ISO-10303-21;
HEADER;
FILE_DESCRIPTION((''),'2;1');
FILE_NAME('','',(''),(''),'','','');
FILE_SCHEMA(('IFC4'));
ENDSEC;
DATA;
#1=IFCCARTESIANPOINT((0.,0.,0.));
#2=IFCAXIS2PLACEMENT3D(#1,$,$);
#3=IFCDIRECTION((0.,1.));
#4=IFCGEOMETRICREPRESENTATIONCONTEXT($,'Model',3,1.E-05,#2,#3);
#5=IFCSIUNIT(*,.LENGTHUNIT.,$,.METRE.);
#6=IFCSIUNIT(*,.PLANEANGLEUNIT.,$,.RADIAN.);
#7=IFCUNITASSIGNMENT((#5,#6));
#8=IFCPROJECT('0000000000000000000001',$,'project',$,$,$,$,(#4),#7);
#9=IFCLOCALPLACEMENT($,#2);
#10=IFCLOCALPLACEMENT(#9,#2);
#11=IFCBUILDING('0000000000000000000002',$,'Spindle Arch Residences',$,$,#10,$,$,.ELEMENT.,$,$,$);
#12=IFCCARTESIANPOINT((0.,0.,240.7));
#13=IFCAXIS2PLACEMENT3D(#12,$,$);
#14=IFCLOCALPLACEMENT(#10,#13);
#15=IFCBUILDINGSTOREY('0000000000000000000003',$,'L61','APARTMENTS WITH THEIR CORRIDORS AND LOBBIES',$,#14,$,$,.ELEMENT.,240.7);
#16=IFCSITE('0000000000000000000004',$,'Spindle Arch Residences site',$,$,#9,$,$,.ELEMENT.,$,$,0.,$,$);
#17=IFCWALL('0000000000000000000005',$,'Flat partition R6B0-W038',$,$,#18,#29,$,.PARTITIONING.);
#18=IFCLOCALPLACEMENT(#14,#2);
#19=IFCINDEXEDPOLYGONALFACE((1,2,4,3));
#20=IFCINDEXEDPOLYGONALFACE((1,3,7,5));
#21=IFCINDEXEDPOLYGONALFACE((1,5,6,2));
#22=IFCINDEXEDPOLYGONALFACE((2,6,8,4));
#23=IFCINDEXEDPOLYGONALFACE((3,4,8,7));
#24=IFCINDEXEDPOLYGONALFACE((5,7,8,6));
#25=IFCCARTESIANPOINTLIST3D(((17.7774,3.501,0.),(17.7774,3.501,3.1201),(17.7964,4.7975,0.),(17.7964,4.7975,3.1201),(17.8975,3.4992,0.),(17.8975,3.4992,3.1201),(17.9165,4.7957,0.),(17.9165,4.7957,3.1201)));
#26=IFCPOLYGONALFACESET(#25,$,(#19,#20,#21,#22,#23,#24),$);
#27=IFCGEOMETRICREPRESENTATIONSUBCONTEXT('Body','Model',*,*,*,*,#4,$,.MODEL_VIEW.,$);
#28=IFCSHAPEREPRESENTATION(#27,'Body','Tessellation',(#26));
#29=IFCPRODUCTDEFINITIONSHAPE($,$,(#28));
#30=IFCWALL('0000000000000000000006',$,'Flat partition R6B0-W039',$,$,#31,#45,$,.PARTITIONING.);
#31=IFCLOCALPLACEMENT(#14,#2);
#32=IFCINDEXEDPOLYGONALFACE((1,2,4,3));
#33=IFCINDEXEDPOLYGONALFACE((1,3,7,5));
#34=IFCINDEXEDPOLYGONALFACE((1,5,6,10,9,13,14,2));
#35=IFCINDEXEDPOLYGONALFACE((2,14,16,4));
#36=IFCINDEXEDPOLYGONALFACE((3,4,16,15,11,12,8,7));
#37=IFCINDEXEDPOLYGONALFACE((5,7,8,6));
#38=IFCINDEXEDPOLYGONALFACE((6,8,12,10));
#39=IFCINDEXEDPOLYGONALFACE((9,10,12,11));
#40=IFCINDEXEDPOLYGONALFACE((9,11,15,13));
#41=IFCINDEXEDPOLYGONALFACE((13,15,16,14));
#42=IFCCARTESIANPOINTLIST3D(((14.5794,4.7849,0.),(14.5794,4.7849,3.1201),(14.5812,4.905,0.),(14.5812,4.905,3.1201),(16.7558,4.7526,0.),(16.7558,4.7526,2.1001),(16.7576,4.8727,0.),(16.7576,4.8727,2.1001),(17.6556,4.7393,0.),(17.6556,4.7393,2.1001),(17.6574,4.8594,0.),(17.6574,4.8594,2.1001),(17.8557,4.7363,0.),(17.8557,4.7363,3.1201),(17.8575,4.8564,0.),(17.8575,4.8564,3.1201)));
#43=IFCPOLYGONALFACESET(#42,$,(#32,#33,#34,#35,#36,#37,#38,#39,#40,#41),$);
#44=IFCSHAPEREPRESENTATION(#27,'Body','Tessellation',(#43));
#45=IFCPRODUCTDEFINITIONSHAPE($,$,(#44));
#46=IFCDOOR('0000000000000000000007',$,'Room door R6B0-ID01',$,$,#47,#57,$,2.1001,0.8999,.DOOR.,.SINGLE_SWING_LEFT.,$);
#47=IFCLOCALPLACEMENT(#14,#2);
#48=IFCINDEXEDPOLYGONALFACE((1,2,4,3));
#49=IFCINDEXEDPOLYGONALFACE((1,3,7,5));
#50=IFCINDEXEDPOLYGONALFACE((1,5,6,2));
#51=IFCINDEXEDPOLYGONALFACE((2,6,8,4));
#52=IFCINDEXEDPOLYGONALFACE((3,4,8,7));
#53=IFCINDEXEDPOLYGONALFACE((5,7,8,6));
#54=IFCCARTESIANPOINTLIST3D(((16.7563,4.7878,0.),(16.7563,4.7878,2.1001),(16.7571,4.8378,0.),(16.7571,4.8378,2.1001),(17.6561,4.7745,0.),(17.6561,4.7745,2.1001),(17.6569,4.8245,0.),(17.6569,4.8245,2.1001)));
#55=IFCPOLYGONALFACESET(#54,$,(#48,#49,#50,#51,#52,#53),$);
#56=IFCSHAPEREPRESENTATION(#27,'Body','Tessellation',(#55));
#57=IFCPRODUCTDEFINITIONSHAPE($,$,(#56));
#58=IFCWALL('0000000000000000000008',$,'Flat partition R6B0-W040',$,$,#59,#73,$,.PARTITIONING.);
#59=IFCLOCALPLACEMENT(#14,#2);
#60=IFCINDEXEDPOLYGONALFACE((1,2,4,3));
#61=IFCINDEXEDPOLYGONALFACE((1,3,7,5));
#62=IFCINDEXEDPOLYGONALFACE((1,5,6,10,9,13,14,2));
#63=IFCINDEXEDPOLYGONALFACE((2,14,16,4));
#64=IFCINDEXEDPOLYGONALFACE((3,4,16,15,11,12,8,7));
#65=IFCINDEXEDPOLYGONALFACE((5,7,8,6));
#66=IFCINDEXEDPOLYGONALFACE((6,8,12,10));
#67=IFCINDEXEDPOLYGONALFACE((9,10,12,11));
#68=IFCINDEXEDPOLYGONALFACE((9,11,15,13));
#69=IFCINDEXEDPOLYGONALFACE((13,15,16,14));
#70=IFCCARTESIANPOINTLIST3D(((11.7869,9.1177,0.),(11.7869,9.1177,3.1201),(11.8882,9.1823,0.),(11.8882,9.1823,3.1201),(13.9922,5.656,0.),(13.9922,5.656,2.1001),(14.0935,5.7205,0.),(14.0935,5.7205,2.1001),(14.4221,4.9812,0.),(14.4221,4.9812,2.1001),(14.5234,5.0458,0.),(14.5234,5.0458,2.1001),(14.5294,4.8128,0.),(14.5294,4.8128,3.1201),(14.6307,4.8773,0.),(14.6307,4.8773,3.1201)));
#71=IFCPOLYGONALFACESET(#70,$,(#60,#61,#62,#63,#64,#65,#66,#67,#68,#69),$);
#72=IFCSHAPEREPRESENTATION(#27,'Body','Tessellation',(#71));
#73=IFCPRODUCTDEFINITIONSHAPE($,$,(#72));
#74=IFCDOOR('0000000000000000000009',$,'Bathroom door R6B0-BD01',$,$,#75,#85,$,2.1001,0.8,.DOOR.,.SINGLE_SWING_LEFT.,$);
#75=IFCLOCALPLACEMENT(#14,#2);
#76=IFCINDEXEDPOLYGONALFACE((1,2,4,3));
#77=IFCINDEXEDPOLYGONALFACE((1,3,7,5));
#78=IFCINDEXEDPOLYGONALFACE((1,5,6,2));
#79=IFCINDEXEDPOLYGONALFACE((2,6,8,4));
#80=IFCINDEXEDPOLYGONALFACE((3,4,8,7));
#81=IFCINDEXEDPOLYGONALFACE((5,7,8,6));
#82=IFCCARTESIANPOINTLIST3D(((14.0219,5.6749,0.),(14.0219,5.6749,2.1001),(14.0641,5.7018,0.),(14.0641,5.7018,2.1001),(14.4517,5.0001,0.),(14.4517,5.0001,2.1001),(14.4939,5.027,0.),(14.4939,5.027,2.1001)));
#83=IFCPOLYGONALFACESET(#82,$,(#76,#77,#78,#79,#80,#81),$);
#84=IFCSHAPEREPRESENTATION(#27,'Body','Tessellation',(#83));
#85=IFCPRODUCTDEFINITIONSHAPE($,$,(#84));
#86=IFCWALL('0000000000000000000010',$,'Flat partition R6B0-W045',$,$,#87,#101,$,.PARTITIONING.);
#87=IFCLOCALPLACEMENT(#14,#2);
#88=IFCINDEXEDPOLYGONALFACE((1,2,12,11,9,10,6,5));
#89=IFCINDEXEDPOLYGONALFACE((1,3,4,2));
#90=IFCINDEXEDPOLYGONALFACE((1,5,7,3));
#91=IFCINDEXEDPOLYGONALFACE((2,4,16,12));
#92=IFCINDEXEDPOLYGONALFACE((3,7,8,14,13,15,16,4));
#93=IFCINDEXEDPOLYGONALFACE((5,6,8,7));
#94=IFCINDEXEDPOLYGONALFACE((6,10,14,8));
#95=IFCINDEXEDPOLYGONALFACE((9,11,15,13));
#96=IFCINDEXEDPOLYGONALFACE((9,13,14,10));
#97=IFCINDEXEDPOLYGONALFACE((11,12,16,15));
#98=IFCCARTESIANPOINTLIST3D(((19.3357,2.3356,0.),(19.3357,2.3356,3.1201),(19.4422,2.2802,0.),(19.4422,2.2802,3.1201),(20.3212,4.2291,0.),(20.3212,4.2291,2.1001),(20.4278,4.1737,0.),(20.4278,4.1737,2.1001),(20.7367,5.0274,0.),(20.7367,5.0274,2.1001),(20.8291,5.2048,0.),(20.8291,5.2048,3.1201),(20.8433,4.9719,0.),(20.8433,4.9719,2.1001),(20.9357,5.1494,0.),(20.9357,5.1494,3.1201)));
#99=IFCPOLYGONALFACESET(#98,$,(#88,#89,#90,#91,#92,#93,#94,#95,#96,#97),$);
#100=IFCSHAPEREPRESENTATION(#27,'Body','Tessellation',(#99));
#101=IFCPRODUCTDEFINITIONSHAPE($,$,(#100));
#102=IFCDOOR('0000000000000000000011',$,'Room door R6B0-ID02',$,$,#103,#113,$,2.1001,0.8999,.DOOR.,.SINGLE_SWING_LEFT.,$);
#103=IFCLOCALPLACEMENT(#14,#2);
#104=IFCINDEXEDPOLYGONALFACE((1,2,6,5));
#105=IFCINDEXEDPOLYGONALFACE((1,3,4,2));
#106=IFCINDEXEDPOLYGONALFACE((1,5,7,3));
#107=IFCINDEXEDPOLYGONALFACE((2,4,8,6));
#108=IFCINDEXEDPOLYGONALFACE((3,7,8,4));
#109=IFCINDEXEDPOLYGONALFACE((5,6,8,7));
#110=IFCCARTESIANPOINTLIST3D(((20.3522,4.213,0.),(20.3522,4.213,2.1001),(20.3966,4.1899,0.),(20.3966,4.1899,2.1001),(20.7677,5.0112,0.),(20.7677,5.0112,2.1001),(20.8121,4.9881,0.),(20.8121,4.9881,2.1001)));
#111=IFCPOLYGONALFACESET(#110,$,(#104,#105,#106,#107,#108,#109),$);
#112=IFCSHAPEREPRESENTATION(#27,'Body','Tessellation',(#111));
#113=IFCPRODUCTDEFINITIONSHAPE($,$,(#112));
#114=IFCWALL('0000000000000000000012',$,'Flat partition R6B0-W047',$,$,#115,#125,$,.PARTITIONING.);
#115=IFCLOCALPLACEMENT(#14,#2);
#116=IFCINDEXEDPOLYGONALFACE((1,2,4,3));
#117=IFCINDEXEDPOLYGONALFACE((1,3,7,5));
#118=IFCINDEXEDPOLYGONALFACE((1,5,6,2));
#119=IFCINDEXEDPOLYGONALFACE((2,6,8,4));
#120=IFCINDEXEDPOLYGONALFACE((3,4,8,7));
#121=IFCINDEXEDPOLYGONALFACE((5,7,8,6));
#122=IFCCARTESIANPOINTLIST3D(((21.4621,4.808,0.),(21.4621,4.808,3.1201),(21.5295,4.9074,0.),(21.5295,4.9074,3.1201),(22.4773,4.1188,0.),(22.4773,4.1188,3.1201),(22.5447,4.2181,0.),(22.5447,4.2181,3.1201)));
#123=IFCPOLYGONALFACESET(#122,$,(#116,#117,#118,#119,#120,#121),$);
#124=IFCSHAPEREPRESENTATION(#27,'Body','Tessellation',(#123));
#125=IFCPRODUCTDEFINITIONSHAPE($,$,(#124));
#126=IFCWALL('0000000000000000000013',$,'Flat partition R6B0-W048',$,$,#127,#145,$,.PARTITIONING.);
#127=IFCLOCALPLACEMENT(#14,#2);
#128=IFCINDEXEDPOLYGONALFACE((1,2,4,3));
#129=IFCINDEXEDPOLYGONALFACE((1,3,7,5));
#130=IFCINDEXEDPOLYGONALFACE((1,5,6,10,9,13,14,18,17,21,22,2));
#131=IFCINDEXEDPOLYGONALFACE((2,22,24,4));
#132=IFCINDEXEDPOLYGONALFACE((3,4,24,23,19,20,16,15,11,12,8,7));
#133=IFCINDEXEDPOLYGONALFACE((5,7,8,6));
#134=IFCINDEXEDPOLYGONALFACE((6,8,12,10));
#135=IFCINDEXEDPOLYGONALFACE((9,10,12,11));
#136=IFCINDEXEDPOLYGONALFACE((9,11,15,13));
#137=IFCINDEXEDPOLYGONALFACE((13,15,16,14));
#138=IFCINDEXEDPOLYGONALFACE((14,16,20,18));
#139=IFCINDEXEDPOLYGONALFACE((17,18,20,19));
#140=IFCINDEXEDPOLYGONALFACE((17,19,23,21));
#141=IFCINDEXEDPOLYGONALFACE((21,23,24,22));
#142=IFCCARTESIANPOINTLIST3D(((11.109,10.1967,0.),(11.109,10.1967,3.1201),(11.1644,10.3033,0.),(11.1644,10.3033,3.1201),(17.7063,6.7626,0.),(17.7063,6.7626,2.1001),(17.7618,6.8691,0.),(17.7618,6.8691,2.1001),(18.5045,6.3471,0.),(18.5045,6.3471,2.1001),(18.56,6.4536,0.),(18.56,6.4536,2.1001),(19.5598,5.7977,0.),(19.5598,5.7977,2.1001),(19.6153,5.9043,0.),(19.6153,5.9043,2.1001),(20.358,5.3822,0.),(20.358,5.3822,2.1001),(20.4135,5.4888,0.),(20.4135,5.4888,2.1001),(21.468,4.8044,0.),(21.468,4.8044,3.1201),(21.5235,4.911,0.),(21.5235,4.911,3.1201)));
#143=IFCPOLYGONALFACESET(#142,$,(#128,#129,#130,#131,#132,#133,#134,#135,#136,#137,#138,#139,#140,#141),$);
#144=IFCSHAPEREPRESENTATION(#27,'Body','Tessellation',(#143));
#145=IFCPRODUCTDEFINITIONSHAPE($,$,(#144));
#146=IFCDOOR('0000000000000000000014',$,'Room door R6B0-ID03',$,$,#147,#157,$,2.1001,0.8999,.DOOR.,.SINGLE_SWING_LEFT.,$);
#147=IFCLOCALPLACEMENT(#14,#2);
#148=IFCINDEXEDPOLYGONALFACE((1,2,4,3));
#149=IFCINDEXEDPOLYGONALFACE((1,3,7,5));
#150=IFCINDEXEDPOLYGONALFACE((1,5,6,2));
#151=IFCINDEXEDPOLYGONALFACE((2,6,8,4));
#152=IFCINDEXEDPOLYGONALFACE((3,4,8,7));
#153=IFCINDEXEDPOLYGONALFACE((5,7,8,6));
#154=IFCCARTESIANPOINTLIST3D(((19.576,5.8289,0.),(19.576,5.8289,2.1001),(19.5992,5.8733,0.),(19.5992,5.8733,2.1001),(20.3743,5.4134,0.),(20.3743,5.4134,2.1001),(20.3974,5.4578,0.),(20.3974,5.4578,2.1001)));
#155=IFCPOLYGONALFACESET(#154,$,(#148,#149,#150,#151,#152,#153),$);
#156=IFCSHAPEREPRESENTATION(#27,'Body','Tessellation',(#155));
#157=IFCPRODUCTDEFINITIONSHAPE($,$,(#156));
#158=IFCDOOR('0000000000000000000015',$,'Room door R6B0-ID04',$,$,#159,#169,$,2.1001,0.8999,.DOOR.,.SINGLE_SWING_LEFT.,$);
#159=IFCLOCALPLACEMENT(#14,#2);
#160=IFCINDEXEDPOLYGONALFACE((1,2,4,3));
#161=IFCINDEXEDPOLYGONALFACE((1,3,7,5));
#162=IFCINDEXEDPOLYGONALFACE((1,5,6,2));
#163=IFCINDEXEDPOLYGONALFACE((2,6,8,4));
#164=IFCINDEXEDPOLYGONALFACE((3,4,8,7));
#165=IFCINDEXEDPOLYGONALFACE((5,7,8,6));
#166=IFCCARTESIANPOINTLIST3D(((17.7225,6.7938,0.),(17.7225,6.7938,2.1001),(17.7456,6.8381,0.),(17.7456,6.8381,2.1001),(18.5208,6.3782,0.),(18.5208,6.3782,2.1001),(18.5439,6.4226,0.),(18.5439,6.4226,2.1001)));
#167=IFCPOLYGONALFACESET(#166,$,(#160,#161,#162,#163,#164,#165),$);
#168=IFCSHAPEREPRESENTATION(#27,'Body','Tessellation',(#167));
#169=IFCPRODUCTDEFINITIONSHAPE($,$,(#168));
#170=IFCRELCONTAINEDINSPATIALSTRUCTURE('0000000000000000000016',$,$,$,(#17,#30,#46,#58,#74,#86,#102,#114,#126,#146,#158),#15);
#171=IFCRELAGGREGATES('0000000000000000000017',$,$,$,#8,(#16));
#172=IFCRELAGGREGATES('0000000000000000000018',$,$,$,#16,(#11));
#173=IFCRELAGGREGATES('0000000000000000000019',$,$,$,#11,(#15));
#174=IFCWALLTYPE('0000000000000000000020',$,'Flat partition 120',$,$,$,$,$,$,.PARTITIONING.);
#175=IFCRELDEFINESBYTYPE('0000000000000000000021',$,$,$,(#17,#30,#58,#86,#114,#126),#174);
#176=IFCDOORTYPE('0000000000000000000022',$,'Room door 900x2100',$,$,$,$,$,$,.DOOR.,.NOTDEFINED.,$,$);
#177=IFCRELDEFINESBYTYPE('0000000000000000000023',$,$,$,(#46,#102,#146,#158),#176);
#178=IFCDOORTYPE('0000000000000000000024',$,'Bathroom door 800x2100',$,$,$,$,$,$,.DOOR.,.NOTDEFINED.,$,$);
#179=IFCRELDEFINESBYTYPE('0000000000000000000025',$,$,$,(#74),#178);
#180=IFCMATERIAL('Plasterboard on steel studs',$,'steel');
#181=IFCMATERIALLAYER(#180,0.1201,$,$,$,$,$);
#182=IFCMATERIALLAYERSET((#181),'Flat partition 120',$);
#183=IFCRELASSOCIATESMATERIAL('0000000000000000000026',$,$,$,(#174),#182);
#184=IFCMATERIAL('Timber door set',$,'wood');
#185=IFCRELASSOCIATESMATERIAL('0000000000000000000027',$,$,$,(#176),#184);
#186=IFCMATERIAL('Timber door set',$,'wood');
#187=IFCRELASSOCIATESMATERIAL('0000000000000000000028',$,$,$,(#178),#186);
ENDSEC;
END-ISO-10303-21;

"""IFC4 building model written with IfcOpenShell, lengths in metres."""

from ifc_helpers import new_model, si_unit, direction, frame, frame_2d, origin, place, context, subcontext, project, spatial, rectangle, extrude, material, layer, layer_set, type_object, element, fill, save


model = new_model("IFC4")

# Units and contexts
model_context = context("Model", 3, precision=1e-05, world=origin(), true_north=direction((0.0, 1.0)))
body_context = subcontext(model_context, "Body", "Model", "MODEL_VIEW")
ifc_project = project(units=[si_unit("LENGTHUNIT", "METRE"), si_unit("PLANEANGLEUNIT", "RADIAN")], contexts=[model_context])

# Site, building, storey
site_placement = place(None, origin())
site = spatial("IfcSite", under=ifc_project, at=site_placement, Name="Spindle Arch Residences site", CompositionType="ELEMENT", RefElevation=0.0)
building_placement = place(site_placement, origin())
building = spatial("IfcBuilding", under=site, at=building_placement, Name="Spindle Arch Residences", CompositionType="ELEMENT")
storey_placement = place(building_placement, frame((0.0, 0.0, 240.7)))
storey = spatial("IfcBuildingStorey", under=building, at=storey_placement, Name="L61", Description="APARTMENTS WITH THEIR CORRIDORS AND LOBBIES", CompositionType="ELEMENT", Elevation=240.7)

# Wall
ifc_material_1 = material(Name="Plasterboard on steel studs", Category="steel")
ifc_layer_1 = layer(ifc_material_1, 0.1201)
ifc_layer_set_1 = layer_set([ifc_layer_1], Name="Flat partition 120")
wall_type_1 = type_object("IfcWallType", Name="Flat partition 120", PredefinedType="PARTITIONING", material=ifc_layer_set_1)
wall_1_placement = place(storey_placement, frame((17.8374, 3.5, 0.0), z_axis=(0.0, 0.0, 1.0), x_axis=(0.014688, 0.999892, 0.0)))
element("IfcWall", 1, at=wall_1_placement, inside=storey, type_object=wall_type_1, Name="Flat partition R6B0-W038", PredefinedType="PARTITIONING", context=body_context, shape_type="SweptSolid", body=[
    extrude(rectangle(XDim=1.2966, YDim=0.1201, at=frame_2d((0.6484, 0.0))), origin(), (0.0, 0.0, 1.0), 3.1201),
])

# Walls, openings, doors
wall_2_placement = place(storey_placement, frame((17.8564, 4.7964, 0.0), z_axis=(0.0, 0.0, 1.0), x_axis=(-0.99989, 0.014827, 0.0)))
wall_2 = element("IfcWall", 2, at=wall_2_placement, inside=storey, type_object=wall_type_1, Name="Flat partition R6B0-W039", PredefinedType="PARTITIONING", context=body_context, shape_type="SweptSolid", body=[
    extrude(rectangle(XDim=3.2766, YDim=0.1201, at=frame_2d((1.6382, 0.0))), origin(), (0.0, 0.0, 1.0), 3.1201),
])
opening_1_placement = place(wall_2_placement, frame((0.2, 0.0, 0.0)))
opening_1 = element("IfcOpeningElement", 3, at=opening_1_placement, cuts=wall_2, PredefinedType="OPENING", context=body_context, shape_type="SweptSolid", body=[
    extrude(rectangle(XDim=0.8999, YDim=2.1001, at=frame_2d((0.45, 1.05))), frame((0.0, 0.0701, 0.0), z_axis=(0.0, -1.0, 0.0), x_axis=(1.0, 0.0, 0.0)), (0.0, 0.0, 1.0), 0.1401),
])
ifc_material_2 = material(Name="Timber door set", Category="wood")
door_type_1 = type_object("IfcDoorType", Name="Room door 900x2100", OperationType="NOTDEFINED", PredefinedType="DOOR", material=ifc_material_2)
door_1_placement = place(opening_1_placement, origin())
door_1 = element("IfcDoor", 4, at=door_1_placement, inside=storey, type_object=door_type_1, Name="Room door R6B0-ID01", OperationType="SINGLE_SWING_LEFT", OverallHeight=2.1001, OverallWidth=0.8999, PredefinedType="DOOR", context=body_context, shape_type="SweptSolid", body=[
    extrude(rectangle(XDim=0.8999, YDim=2.1001, at=frame_2d((0.45, 1.05))), frame((0.0, 0.0249, 0.0), z_axis=(0.0, -1.0, 0.0), x_axis=(1.0, 0.0, 0.0)), (0.0, 0.0, 1.0), 0.05),
])
fill(opening_1, door_1)
wall_3_placement = place(storey_placement, frame((14.5801, 4.845, 0.0), z_axis=(0.0, 0.0, 1.0), x_axis=(-0.537284, 0.843401, 0.0)))
wall_3 = element("IfcWall", 5, at=wall_3_placement, inside=storey, type_object=wall_type_1, Name="Flat partition R6B0-W040", PredefinedType="PARTITIONING", context=body_context, shape_type="SweptSolid", body=[
    extrude(rectangle(XDim=5.1042, YDim=0.1201, at=frame_2d((2.5522, 0.0))), origin(), (0.0, 0.0, 1.0), 3.1201),
])
opening_2_placement = place(wall_3_placement, frame((0.2, 0.0, 0.0)))
opening_2 = element("IfcOpeningElement", 6, at=opening_2_placement, cuts=wall_3, PredefinedType="OPENING", context=body_context, shape_type="SweptSolid", body=[
    extrude(rectangle(XDim=0.8, YDim=2.1001, at=frame_2d((0.3999, 1.05))), frame((0.0, 0.0701, 0.0), z_axis=(0.0, -1.0, 0.0), x_axis=(1.0, 0.0, 0.0)), (0.0, 0.0, 1.0), 0.1401),
])
ifc_material_3 = material(Name="Timber door set", Category="wood")
door_type_2 = type_object("IfcDoorType", Name="Bathroom door 800x2100", OperationType="NOTDEFINED", PredefinedType="DOOR", material=ifc_material_3)
door_2_placement = place(opening_2_placement, origin())
door_2 = element("IfcDoor", 7, at=door_2_placement, inside=storey, type_object=door_type_2, Name="Bathroom door R6B0-BD01", OperationType="SINGLE_SWING_LEFT", OverallHeight=2.1001, OverallWidth=0.8, PredefinedType="DOOR", context=body_context, shape_type="SweptSolid", body=[
    extrude(rectangle(XDim=0.8, YDim=2.1001, at=frame_2d((0.3999, 1.05))), frame((0.0, 0.0249, 0.0), z_axis=(0.0, -1.0, 0.0), x_axis=(1.0, 0.0, 0.0)), (0.0, 0.0, 1.0), 0.05),
])
fill(opening_2, door_2)
wall_4_placement = place(storey_placement, frame((20.8823, 5.177, 0.0), z_axis=(0.0, 0.0, 1.0), x_axis=(-0.461707, -0.887033, 0.0)))
wall_4 = element("IfcWall", 8, at=wall_4_placement, inside=storey, type_object=wall_type_1, Name="Flat partition R6B0-W045", PredefinedType="PARTITIONING", context=body_context, shape_type="SweptSolid", body=[
    extrude(rectangle(XDim=3.2346, YDim=0.1201, at=frame_2d((1.6172, 0.0))), origin(), (0.0, 0.0, 1.0), 3.1201),
])
opening_3_placement = place(wall_4_placement, frame((0.2, 0.0, 0.0)))
opening_3 = element("IfcOpeningElement", 9, at=opening_3_placement, cuts=wall_4, PredefinedType="OPENING", context=body_context, shape_type="SweptSolid", body=[
    extrude(rectangle(XDim=0.8999, YDim=2.1001, at=frame_2d((0.45, 1.05))), frame((0.0, 0.0701, 0.0), z_axis=(0.0, -1.0, 0.0), x_axis=(1.0, 0.0, 0.0)), (0.0, 0.0, 1.0), 0.1401),
])
door_3_placement = place(opening_3_placement, origin())
door_3 = element("IfcDoor", 10, at=door_3_placement, inside=storey, type_object=door_type_1, Name="Room door R6B0-ID02", OperationType="SINGLE_SWING_LEFT", OverallHeight=2.1001, OverallWidth=0.8999, PredefinedType="DOOR", context=body_context, shape_type="SweptSolid", body=[
    extrude(rectangle(XDim=0.8999, YDim=2.1001, at=frame_2d((0.45, 1.05))), frame((0.0, 0.0249, 0.0), z_axis=(0.0, -1.0, 0.0), x_axis=(1.0, 0.0, 0.0)), (0.0, 0.0, 1.0), 0.05),
])
fill(opening_3, door_3)

# Wall
wall_5_placement = place(storey_placement, frame((22.511, 4.1685, 0.0), z_axis=(0.0, 0.0, 1.0), x_axis=(-0.827337, 0.561706, 0.0)))
element("IfcWall", 11, at=wall_5_placement, inside=storey, type_object=wall_type_1, Name="Flat partition R6B0-W047", PredefinedType="PARTITIONING", context=body_context, shape_type="SweptSolid", body=[
    extrude(rectangle(XDim=1.2271, YDim=0.1201, at=frame_2d((0.6135, 0.0))), origin(), (0.0, 0.0, 1.0), 3.1201),
])

# Wall, openings, doors
wall_6_placement = place(storey_placement, frame((21.4958, 4.8577, 0.0), z_axis=(0.0, 0.0, 1.0), x_axis=(-0.887021, 0.461729, 0.0)))
wall_6 = element("IfcWall", 12, at=wall_6_placement, inside=storey, type_object=wall_type_1, Name="Flat partition R6B0-W048", PredefinedType="PARTITIONING", context=body_context, shape_type="SweptSolid", body=[
    extrude(rectangle(XDim=11.6785, YDim=0.1201, at=frame_2d((5.8394, 0.0))), origin(), (0.0, 0.0, 1.0), 3.1201),
])
opening_4_placement = place(wall_6_placement, frame((1.2515, 0.0, 0.0)))
opening_4 = element("IfcOpeningElement", 13, at=opening_4_placement, cuts=wall_6, PredefinedType="OPENING", context=body_context, shape_type="SweptSolid", body=[
    extrude(rectangle(XDim=0.8999, YDim=2.1001, at=frame_2d((0.45, 1.05))), frame((0.0, 0.0701, 0.0), z_axis=(0.0, -1.0, 0.0), x_axis=(1.0, 0.0, 0.0)), (0.0, 0.0, 1.0), 0.1401),
])
opening_5_placement = place(wall_6_placement, frame((3.3411, 0.0, 0.0)))
opening_5 = element("IfcOpeningElement", 14, at=opening_5_placement, cuts=wall_6, PredefinedType="OPENING", context=body_context, shape_type="SweptSolid", body=[
    extrude(rectangle(XDim=0.8999, YDim=2.1001, at=frame_2d((0.45, 1.05))), frame((0.0, 0.0701, 0.0), z_axis=(0.0, -1.0, 0.0), x_axis=(1.0, 0.0, 0.0)), (0.0, 0.0, 1.0), 0.1401),
])
door_4_placement = place(opening_4_placement, origin())
door_4 = element("IfcDoor", 15, at=door_4_placement, inside=storey, type_object=door_type_1, Name="Room door R6B0-ID03", OperationType="SINGLE_SWING_LEFT", OverallHeight=2.1001, OverallWidth=0.8999, PredefinedType="DOOR", context=body_context, shape_type="SweptSolid", body=[
    extrude(rectangle(XDim=0.8999, YDim=2.1001, at=frame_2d((0.45, 1.05))), frame((0.0, 0.0249, 0.0), z_axis=(0.0, -1.0, 0.0), x_axis=(1.0, 0.0, 0.0)), (0.0, 0.0, 1.0), 0.05),
])
fill(opening_4, door_4)
door_5_placement = place(opening_5_placement, origin())
door_5 = element("IfcDoor", 16, at=door_5_placement, inside=storey, type_object=door_type_1, Name="Room door R6B0-ID04", OperationType="SINGLE_SWING_LEFT", OverallHeight=2.1001, OverallWidth=0.8999, PredefinedType="DOOR", context=body_context, shape_type="SweptSolid", body=[
    extrude(rectangle(XDim=0.8999, YDim=2.1001, at=frame_2d((0.45, 1.05))), frame((0.0, 0.0249, 0.0), z_axis=(0.0, -1.0, 0.0), x_axis=(1.0, 0.0, 0.0)), (0.0, 0.0, 1.0), 0.05),
])
fill(opening_5, door_5)

save(model, "model.ifc")
